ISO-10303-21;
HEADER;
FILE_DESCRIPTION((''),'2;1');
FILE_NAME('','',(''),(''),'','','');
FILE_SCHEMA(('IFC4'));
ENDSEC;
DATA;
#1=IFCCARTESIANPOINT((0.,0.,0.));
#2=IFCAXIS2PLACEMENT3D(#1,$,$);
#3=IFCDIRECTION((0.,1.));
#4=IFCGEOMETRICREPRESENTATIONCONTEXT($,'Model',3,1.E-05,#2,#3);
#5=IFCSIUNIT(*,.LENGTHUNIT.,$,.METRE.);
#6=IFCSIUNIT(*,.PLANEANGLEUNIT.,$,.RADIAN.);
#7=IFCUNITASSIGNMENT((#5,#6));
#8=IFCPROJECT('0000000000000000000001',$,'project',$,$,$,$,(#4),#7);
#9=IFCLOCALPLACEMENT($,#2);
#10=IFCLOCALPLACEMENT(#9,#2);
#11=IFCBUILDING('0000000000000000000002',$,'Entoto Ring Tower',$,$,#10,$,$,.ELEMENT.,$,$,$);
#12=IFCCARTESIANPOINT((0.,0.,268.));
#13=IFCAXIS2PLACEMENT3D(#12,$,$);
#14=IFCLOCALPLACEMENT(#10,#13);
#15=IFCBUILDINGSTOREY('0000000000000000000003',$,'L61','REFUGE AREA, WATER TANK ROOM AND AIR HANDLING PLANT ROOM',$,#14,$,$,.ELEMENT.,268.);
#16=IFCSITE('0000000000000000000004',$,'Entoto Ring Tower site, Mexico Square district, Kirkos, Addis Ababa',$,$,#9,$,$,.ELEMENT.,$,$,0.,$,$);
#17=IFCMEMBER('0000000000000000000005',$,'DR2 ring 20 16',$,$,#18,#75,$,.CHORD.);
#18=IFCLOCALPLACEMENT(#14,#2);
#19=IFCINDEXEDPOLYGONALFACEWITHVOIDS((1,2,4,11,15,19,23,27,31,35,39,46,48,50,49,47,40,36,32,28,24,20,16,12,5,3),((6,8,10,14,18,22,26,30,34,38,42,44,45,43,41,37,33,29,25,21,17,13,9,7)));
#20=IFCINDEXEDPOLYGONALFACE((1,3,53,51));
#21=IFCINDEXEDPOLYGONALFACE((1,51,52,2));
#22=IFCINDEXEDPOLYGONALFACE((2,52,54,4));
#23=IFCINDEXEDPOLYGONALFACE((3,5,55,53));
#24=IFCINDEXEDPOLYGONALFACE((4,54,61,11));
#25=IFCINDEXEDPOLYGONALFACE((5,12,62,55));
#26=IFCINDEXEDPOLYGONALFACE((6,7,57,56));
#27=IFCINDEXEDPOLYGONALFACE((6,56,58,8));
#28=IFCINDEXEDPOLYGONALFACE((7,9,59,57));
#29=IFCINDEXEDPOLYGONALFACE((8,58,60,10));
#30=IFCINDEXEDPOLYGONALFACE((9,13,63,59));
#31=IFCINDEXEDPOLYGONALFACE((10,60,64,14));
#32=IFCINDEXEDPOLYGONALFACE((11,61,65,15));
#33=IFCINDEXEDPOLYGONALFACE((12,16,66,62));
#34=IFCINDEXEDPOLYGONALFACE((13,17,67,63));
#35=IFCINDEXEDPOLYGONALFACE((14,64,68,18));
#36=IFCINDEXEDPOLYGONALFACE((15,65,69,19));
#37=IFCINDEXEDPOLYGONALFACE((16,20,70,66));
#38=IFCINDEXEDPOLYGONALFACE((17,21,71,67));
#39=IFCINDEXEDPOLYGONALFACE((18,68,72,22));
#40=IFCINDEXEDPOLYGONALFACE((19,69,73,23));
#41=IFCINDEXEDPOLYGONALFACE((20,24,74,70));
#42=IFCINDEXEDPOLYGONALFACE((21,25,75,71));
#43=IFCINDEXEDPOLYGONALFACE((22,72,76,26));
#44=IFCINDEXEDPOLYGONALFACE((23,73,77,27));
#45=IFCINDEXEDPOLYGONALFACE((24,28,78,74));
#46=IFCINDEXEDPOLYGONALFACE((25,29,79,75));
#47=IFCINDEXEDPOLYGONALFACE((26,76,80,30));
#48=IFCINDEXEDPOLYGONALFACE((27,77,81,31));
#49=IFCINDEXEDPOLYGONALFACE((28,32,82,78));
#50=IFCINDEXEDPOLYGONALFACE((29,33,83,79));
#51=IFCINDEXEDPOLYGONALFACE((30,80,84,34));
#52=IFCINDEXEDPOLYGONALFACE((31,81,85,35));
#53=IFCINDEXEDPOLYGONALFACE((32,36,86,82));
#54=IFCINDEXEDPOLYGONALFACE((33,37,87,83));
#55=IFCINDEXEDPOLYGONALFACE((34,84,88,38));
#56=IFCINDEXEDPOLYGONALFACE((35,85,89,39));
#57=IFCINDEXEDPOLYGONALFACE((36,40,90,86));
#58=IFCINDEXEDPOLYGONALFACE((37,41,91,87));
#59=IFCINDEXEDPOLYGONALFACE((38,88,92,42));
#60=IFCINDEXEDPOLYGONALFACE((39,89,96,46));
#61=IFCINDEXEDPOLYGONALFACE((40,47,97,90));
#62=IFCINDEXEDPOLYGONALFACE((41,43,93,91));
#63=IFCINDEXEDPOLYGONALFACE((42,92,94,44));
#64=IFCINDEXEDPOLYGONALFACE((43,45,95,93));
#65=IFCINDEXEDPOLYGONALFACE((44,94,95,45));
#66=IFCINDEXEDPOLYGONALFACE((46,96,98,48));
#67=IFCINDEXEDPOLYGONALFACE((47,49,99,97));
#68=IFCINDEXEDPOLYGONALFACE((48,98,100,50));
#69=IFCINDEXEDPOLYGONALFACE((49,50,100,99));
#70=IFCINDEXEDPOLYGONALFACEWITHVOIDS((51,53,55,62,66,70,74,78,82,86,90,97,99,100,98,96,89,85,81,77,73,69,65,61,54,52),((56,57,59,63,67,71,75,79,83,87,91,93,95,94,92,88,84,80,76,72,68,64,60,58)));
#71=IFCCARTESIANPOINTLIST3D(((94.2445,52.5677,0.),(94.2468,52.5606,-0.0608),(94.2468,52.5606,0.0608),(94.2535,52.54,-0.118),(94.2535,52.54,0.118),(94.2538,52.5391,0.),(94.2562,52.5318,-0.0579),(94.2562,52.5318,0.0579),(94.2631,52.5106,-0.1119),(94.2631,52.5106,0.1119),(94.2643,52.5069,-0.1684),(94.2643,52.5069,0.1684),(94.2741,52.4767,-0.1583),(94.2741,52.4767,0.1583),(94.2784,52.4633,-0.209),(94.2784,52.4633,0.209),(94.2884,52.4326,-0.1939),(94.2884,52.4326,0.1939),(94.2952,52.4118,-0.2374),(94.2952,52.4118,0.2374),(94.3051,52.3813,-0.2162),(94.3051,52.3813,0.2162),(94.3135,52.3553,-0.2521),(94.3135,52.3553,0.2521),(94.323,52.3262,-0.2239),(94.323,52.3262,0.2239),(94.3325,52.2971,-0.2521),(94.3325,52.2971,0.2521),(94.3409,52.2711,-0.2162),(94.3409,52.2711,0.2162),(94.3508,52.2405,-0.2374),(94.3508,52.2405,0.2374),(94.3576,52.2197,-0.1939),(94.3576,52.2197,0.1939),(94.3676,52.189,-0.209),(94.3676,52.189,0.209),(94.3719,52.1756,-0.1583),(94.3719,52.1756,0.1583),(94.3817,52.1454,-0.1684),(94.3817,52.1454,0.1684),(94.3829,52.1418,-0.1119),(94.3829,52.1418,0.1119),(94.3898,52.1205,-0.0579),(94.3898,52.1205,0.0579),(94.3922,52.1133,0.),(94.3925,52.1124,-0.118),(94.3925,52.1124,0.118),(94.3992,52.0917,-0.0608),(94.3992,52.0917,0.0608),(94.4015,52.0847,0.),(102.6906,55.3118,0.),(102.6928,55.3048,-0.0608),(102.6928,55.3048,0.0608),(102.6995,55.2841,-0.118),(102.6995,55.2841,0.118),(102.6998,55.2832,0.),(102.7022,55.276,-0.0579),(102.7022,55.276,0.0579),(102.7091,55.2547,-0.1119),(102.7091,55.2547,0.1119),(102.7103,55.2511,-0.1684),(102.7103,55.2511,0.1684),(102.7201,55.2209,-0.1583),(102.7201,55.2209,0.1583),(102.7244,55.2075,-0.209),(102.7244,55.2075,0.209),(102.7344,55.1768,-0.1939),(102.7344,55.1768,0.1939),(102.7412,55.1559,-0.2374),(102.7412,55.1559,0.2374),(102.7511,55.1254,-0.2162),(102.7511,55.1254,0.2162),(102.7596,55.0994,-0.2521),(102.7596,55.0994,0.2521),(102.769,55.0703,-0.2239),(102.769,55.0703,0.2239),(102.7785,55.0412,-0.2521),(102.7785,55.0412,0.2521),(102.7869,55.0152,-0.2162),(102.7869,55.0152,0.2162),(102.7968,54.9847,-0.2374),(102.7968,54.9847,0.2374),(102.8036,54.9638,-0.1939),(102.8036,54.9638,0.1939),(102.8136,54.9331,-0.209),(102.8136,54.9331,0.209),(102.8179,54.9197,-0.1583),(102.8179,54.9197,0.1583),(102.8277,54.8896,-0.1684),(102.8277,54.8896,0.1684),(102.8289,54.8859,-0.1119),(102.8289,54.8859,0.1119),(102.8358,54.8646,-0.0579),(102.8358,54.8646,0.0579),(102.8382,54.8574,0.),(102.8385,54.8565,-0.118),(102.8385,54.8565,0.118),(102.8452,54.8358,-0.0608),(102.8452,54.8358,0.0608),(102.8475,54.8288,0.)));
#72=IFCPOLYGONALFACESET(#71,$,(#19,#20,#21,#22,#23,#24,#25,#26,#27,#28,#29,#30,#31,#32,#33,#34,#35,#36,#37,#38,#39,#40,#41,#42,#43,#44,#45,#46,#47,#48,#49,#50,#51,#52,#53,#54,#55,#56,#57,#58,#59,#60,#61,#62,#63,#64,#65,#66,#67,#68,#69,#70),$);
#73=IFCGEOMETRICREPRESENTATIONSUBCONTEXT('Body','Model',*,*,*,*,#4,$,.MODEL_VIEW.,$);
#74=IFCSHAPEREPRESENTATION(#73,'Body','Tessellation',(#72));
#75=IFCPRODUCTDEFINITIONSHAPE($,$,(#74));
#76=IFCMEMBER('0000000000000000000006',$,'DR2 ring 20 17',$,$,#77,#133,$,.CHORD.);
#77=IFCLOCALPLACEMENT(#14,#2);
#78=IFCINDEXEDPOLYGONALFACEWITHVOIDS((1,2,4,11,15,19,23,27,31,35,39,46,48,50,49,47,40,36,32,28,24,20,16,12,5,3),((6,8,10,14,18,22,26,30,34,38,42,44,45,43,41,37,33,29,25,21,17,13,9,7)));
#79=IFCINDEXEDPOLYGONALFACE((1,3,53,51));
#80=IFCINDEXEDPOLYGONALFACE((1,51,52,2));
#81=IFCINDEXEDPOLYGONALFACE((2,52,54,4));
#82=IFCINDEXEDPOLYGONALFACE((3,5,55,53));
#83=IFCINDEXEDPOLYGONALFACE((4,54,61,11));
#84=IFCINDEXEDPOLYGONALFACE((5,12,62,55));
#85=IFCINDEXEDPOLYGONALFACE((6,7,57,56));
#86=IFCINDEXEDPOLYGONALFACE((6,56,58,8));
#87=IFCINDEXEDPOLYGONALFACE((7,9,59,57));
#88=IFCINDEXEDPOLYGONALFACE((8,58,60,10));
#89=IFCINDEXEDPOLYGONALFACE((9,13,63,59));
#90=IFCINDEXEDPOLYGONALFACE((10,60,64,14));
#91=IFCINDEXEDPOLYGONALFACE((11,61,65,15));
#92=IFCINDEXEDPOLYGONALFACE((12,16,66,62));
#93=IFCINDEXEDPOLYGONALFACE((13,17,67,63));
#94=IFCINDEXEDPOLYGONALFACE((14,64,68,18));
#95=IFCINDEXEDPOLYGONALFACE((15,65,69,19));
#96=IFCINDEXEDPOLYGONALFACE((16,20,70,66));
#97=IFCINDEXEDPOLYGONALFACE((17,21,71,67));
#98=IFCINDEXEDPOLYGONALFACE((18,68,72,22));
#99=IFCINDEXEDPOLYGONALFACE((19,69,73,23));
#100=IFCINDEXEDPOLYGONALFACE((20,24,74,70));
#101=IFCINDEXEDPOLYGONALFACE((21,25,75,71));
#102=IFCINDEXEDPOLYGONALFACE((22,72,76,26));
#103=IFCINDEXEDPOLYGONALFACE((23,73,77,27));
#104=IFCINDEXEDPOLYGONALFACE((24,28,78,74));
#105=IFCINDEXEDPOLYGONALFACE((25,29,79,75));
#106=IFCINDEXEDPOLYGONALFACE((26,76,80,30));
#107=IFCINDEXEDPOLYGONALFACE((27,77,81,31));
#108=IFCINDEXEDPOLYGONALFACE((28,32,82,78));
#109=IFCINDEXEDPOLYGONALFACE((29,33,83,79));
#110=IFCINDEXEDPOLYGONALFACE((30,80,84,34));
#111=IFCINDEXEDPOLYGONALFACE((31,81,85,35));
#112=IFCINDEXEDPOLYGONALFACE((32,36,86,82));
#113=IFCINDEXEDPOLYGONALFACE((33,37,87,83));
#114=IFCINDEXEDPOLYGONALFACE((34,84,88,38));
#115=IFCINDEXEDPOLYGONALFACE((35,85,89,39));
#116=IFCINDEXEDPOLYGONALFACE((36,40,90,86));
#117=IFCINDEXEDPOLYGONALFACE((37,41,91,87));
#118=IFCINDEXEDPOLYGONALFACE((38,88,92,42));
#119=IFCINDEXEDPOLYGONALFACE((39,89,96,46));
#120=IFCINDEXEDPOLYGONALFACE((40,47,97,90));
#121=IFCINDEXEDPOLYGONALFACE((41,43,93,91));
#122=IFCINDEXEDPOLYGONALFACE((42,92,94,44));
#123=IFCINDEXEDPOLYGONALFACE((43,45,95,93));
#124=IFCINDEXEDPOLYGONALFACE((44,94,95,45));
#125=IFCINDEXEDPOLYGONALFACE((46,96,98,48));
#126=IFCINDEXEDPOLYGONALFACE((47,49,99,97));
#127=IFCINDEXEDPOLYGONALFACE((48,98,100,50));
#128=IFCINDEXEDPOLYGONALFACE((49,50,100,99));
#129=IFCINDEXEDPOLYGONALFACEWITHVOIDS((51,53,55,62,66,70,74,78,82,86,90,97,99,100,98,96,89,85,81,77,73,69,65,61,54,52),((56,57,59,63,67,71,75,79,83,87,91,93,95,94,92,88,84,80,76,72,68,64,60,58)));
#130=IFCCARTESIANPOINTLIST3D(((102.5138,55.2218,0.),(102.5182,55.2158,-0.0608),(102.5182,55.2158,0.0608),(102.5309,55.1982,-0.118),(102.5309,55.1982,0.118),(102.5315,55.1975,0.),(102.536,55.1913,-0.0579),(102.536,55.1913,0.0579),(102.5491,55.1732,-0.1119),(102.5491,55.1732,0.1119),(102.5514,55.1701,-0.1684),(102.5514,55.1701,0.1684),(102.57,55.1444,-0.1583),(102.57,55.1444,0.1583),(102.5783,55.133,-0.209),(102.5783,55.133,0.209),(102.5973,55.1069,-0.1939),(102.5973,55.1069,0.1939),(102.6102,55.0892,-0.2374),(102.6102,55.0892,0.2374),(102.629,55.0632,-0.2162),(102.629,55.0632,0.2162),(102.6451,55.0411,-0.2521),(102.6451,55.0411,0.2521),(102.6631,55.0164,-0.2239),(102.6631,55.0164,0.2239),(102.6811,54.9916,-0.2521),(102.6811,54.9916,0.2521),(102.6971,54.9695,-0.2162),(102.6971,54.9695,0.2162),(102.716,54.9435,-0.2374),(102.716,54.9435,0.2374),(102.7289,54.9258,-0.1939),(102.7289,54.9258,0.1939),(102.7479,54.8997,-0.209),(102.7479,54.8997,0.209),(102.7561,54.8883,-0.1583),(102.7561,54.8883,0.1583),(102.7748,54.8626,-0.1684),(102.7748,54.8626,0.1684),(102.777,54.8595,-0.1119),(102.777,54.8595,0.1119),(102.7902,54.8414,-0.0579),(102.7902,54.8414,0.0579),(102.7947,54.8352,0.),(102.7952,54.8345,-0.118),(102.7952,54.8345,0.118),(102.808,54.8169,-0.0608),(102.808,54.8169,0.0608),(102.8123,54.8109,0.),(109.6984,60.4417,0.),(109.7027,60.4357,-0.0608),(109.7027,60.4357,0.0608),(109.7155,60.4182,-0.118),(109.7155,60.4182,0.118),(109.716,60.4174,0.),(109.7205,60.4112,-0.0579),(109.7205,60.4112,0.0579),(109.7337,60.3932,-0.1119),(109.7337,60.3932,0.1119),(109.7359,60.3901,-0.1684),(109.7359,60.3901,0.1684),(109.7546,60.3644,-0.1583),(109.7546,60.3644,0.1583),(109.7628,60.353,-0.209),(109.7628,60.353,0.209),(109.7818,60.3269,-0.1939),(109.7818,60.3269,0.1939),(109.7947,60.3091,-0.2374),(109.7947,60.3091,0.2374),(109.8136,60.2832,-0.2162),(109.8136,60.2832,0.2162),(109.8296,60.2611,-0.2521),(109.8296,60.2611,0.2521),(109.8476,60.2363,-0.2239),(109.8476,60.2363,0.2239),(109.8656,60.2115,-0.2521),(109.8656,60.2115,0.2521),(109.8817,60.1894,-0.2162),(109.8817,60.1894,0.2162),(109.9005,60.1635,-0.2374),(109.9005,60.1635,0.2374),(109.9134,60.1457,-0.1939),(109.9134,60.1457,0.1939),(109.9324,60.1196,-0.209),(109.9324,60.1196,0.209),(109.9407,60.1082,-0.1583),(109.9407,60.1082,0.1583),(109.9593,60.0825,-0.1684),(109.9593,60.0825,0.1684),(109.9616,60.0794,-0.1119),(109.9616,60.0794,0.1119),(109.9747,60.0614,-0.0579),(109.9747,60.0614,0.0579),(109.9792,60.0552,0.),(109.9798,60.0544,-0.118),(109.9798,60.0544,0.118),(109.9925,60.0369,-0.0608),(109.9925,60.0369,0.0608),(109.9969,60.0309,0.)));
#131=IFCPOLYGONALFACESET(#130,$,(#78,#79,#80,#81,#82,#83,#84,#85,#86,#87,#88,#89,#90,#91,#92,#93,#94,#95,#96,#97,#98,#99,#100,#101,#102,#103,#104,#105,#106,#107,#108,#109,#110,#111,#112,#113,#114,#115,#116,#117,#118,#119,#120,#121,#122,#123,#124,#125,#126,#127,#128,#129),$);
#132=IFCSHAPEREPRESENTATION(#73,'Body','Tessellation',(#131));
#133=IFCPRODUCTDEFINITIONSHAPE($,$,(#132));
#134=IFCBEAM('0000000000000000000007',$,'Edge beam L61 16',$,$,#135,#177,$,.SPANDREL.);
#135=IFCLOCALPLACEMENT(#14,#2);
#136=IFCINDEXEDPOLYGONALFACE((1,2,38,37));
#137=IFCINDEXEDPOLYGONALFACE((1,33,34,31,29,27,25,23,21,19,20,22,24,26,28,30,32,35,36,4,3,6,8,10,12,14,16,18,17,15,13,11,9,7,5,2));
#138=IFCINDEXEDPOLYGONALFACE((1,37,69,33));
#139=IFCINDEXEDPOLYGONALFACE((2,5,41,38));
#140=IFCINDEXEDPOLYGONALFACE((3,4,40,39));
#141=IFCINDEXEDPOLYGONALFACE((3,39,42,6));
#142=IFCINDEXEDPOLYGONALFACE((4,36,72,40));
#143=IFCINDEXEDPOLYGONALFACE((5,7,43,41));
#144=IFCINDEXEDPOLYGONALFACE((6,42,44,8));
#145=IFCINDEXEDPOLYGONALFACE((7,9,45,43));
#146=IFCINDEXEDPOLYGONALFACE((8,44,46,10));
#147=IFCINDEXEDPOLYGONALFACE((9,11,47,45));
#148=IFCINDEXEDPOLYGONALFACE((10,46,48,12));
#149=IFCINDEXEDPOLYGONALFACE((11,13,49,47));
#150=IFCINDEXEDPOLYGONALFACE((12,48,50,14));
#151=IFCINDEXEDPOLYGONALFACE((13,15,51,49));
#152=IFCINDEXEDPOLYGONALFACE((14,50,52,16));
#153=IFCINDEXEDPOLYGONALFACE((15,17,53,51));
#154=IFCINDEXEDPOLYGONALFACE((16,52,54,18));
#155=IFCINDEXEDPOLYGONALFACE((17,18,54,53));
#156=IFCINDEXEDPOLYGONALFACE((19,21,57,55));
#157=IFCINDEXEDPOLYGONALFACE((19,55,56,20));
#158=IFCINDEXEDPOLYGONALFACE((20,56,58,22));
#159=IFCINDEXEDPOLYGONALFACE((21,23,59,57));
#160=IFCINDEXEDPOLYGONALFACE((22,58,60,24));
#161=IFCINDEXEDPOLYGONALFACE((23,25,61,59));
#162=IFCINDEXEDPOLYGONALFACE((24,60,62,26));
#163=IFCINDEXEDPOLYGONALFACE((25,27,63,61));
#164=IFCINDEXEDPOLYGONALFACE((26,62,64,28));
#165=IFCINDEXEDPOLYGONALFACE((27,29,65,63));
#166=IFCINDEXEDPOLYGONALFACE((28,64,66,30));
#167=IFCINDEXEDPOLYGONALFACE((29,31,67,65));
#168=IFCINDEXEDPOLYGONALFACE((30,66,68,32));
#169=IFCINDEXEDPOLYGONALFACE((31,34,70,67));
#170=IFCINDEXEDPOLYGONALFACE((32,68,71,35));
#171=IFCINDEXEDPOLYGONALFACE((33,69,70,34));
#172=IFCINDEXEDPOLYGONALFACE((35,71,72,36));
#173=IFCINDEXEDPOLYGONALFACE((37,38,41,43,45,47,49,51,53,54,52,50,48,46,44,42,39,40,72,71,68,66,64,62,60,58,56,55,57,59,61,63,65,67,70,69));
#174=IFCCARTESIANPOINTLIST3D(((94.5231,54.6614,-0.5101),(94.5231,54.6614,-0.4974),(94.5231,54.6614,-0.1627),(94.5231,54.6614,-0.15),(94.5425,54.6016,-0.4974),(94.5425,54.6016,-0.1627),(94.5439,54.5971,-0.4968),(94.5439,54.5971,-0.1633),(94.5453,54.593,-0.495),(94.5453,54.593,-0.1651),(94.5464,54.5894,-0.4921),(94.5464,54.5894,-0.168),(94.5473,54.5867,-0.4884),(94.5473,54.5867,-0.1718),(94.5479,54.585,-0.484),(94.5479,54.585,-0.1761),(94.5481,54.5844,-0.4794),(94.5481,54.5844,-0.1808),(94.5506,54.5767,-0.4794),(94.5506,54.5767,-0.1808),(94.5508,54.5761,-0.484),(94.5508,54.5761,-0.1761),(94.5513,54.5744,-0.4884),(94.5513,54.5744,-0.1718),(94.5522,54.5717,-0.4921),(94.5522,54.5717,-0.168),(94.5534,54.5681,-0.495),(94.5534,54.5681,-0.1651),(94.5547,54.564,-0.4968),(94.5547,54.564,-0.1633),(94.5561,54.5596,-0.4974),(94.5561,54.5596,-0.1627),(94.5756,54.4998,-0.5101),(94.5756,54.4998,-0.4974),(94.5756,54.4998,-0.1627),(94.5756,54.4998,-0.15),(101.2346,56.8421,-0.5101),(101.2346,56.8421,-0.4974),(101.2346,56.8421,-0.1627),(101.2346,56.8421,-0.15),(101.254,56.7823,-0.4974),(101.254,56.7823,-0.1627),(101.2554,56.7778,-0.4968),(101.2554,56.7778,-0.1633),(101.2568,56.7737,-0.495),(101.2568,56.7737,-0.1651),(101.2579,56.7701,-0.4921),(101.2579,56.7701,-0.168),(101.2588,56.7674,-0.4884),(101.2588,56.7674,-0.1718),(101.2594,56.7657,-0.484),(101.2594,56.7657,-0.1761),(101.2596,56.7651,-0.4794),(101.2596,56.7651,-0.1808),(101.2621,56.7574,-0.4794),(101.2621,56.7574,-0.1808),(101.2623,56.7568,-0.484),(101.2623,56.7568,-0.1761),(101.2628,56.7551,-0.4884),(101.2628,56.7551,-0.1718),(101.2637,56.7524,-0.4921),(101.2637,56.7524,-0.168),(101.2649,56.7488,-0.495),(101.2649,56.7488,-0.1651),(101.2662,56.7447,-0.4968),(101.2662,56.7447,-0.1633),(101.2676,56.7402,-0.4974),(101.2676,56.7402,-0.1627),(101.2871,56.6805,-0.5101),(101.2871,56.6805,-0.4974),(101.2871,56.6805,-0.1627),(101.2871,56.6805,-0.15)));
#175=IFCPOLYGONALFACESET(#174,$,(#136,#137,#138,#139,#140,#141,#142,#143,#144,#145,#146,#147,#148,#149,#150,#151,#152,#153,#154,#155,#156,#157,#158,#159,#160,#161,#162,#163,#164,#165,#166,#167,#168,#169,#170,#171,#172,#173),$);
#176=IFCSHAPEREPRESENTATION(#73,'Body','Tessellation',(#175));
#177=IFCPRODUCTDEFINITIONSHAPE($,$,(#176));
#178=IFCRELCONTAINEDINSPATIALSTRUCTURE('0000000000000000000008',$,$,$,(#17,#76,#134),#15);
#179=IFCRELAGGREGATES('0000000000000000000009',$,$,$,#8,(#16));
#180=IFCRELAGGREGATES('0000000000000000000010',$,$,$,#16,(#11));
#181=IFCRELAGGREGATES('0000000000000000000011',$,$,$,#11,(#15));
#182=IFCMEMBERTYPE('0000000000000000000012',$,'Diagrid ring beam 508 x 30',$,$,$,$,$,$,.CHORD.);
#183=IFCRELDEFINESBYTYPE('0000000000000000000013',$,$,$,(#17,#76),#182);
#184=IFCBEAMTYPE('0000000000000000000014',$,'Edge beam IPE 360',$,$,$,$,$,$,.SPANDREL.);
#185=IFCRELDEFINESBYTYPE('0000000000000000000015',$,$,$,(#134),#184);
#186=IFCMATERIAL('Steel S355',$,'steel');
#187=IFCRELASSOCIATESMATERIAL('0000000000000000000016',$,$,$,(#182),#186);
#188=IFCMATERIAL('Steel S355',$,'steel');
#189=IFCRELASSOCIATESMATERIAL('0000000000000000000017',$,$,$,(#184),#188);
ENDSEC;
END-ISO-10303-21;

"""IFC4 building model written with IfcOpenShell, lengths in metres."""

from ifc_helpers import new_model, si_unit, direction, frame, origin, origin_2d, place, context, subcontext, project, spatial, circle, hollow_circle, i_section, extrude, material, material_profile, profile_set, type_object, element, save


model = new_model("IFC4")

# Units and contexts
model_context = context("Model", 3, precision=1e-05, world=origin(), true_north=direction((0.0, 1.0)))
body_context = subcontext(model_context, "Body", "Model", "MODEL_VIEW")
ifc_project = project(units=[si_unit("LENGTHUNIT", "METRE"), si_unit("PLANEANGLEUNIT", "RADIAN")], contexts=[model_context])

# Site, building, storey
site_placement = place(None, origin())
site = spatial("IfcSite", under=ifc_project, at=site_placement, Name="Entoto Ring Tower site, Mexico Square district, Kirkos, Addis Ababa", CompositionType="ELEMENT", RefElevation=0.0)
building_placement = place(site_placement, origin())
building = spatial("IfcBuilding", under=site, at=building_placement, Name="Entoto Ring Tower", CompositionType="ELEMENT")
storey_placement = place(building_placement, frame((0.0, 0.0, 268.0)))
storey = spatial("IfcBuildingStorey", under=building, at=storey_placement, Name="L61", Description="REFUGE AREA, WATER TANK ROOM AND AIR HANDLING PLANT ROOM", CompositionType="ELEMENT", Elevation=268.0)

# Members
ifc_material_1 = material(Name="Steel S355", Category="steel")
ifc_material_profile_1 = material_profile(ifc_material_1, hollow_circle(Radius=0.2539, WallThickness=0.03, at=origin_2d()), Name="CHS 508 x 30")
ifc_material_2 = material(Name="Concrete C60/75", Category="concrete")
ifc_material_profile_2 = material_profile(ifc_material_2, circle(Radius=0.2241, at=origin_2d()), Name="Concrete C60/75 infill")
ifc_profile_set_1 = profile_set([ifc_material_profile_1, ifc_material_profile_2], Name="Steel S355")
member_type_1 = type_object("IfcMemberType", Name="Diagrid ring beam 508 x 30", PredefinedType="CHORD", material=ifc_profile_set_1)
for number, where, z_axis, x_axis, name in (
    (1, (94.323, 52.3262, 0.0), (0.951061, 0.309002, 0.0), (-0.309002, 0.951061, 0.0), "DR2 ring 20 16"),
    (2, (102.6631, 55.0164, 0.0), (0.809013, 0.587791, 0.0), (-0.587791, 0.809013, 0.0), "DR2 ring 20 17"),
):
    element("IfcMember", number, at=place(storey_placement, frame(where, z_axis=z_axis, x_axis=x_axis)), inside=storey, type_object=member_type_1, Name=name, PredefinedType="CHORD", context=body_context, shape_type="SweptSolid", body=[
        extrude(hollow_circle(Radius=0.2539, WallThickness=0.03, at=origin_2d()), origin(), (0.0, 0.0, 1.0), 8.8806),
    ])

# Beam
ifc_material_3 = material(Name="Steel S355", Category="steel")
ifc_material_profile_3 = material_profile(ifc_material_3, i_section(OverallWidth=0.1699, OverallDepth=0.3601, WebThickness=0.0081, FlangeThickness=0.0127, FilletRadius=0.0181, at=origin_2d()), Name="IPE 360")
ifc_profile_set_2 = profile_set([ifc_material_profile_3], Name="Steel S355")
beam_type = type_object("IfcBeamType", Name="Edge beam IPE 360", PredefinedType="SPANDREL", material=ifc_profile_set_2)
for number, where, z_axis, x_axis, name in (
    (3, (94.5493, 54.5806, -0.3301), (0.951057, 0.309016, 0.0), (-0.309016, 0.951057, 0.0), "Edge beam L61 16"),
):
    element("IfcBeam", number, at=place(storey_placement, frame(where, z_axis=z_axis, x_axis=x_axis)), inside=storey, type_object=beam_type, Name=name, PredefinedType="SPANDREL", context=body_context, shape_type="SweptSolid", body=[
        extrude(i_section(OverallWidth=0.1699, OverallDepth=0.3601, WebThickness=0.0081, FlangeThickness=0.0127, FilletRadius=0.0181, at=origin_2d()), origin(), (0.0, 0.0, 1.0), 7.0569),
    ])

save(model, "model.ifc")
